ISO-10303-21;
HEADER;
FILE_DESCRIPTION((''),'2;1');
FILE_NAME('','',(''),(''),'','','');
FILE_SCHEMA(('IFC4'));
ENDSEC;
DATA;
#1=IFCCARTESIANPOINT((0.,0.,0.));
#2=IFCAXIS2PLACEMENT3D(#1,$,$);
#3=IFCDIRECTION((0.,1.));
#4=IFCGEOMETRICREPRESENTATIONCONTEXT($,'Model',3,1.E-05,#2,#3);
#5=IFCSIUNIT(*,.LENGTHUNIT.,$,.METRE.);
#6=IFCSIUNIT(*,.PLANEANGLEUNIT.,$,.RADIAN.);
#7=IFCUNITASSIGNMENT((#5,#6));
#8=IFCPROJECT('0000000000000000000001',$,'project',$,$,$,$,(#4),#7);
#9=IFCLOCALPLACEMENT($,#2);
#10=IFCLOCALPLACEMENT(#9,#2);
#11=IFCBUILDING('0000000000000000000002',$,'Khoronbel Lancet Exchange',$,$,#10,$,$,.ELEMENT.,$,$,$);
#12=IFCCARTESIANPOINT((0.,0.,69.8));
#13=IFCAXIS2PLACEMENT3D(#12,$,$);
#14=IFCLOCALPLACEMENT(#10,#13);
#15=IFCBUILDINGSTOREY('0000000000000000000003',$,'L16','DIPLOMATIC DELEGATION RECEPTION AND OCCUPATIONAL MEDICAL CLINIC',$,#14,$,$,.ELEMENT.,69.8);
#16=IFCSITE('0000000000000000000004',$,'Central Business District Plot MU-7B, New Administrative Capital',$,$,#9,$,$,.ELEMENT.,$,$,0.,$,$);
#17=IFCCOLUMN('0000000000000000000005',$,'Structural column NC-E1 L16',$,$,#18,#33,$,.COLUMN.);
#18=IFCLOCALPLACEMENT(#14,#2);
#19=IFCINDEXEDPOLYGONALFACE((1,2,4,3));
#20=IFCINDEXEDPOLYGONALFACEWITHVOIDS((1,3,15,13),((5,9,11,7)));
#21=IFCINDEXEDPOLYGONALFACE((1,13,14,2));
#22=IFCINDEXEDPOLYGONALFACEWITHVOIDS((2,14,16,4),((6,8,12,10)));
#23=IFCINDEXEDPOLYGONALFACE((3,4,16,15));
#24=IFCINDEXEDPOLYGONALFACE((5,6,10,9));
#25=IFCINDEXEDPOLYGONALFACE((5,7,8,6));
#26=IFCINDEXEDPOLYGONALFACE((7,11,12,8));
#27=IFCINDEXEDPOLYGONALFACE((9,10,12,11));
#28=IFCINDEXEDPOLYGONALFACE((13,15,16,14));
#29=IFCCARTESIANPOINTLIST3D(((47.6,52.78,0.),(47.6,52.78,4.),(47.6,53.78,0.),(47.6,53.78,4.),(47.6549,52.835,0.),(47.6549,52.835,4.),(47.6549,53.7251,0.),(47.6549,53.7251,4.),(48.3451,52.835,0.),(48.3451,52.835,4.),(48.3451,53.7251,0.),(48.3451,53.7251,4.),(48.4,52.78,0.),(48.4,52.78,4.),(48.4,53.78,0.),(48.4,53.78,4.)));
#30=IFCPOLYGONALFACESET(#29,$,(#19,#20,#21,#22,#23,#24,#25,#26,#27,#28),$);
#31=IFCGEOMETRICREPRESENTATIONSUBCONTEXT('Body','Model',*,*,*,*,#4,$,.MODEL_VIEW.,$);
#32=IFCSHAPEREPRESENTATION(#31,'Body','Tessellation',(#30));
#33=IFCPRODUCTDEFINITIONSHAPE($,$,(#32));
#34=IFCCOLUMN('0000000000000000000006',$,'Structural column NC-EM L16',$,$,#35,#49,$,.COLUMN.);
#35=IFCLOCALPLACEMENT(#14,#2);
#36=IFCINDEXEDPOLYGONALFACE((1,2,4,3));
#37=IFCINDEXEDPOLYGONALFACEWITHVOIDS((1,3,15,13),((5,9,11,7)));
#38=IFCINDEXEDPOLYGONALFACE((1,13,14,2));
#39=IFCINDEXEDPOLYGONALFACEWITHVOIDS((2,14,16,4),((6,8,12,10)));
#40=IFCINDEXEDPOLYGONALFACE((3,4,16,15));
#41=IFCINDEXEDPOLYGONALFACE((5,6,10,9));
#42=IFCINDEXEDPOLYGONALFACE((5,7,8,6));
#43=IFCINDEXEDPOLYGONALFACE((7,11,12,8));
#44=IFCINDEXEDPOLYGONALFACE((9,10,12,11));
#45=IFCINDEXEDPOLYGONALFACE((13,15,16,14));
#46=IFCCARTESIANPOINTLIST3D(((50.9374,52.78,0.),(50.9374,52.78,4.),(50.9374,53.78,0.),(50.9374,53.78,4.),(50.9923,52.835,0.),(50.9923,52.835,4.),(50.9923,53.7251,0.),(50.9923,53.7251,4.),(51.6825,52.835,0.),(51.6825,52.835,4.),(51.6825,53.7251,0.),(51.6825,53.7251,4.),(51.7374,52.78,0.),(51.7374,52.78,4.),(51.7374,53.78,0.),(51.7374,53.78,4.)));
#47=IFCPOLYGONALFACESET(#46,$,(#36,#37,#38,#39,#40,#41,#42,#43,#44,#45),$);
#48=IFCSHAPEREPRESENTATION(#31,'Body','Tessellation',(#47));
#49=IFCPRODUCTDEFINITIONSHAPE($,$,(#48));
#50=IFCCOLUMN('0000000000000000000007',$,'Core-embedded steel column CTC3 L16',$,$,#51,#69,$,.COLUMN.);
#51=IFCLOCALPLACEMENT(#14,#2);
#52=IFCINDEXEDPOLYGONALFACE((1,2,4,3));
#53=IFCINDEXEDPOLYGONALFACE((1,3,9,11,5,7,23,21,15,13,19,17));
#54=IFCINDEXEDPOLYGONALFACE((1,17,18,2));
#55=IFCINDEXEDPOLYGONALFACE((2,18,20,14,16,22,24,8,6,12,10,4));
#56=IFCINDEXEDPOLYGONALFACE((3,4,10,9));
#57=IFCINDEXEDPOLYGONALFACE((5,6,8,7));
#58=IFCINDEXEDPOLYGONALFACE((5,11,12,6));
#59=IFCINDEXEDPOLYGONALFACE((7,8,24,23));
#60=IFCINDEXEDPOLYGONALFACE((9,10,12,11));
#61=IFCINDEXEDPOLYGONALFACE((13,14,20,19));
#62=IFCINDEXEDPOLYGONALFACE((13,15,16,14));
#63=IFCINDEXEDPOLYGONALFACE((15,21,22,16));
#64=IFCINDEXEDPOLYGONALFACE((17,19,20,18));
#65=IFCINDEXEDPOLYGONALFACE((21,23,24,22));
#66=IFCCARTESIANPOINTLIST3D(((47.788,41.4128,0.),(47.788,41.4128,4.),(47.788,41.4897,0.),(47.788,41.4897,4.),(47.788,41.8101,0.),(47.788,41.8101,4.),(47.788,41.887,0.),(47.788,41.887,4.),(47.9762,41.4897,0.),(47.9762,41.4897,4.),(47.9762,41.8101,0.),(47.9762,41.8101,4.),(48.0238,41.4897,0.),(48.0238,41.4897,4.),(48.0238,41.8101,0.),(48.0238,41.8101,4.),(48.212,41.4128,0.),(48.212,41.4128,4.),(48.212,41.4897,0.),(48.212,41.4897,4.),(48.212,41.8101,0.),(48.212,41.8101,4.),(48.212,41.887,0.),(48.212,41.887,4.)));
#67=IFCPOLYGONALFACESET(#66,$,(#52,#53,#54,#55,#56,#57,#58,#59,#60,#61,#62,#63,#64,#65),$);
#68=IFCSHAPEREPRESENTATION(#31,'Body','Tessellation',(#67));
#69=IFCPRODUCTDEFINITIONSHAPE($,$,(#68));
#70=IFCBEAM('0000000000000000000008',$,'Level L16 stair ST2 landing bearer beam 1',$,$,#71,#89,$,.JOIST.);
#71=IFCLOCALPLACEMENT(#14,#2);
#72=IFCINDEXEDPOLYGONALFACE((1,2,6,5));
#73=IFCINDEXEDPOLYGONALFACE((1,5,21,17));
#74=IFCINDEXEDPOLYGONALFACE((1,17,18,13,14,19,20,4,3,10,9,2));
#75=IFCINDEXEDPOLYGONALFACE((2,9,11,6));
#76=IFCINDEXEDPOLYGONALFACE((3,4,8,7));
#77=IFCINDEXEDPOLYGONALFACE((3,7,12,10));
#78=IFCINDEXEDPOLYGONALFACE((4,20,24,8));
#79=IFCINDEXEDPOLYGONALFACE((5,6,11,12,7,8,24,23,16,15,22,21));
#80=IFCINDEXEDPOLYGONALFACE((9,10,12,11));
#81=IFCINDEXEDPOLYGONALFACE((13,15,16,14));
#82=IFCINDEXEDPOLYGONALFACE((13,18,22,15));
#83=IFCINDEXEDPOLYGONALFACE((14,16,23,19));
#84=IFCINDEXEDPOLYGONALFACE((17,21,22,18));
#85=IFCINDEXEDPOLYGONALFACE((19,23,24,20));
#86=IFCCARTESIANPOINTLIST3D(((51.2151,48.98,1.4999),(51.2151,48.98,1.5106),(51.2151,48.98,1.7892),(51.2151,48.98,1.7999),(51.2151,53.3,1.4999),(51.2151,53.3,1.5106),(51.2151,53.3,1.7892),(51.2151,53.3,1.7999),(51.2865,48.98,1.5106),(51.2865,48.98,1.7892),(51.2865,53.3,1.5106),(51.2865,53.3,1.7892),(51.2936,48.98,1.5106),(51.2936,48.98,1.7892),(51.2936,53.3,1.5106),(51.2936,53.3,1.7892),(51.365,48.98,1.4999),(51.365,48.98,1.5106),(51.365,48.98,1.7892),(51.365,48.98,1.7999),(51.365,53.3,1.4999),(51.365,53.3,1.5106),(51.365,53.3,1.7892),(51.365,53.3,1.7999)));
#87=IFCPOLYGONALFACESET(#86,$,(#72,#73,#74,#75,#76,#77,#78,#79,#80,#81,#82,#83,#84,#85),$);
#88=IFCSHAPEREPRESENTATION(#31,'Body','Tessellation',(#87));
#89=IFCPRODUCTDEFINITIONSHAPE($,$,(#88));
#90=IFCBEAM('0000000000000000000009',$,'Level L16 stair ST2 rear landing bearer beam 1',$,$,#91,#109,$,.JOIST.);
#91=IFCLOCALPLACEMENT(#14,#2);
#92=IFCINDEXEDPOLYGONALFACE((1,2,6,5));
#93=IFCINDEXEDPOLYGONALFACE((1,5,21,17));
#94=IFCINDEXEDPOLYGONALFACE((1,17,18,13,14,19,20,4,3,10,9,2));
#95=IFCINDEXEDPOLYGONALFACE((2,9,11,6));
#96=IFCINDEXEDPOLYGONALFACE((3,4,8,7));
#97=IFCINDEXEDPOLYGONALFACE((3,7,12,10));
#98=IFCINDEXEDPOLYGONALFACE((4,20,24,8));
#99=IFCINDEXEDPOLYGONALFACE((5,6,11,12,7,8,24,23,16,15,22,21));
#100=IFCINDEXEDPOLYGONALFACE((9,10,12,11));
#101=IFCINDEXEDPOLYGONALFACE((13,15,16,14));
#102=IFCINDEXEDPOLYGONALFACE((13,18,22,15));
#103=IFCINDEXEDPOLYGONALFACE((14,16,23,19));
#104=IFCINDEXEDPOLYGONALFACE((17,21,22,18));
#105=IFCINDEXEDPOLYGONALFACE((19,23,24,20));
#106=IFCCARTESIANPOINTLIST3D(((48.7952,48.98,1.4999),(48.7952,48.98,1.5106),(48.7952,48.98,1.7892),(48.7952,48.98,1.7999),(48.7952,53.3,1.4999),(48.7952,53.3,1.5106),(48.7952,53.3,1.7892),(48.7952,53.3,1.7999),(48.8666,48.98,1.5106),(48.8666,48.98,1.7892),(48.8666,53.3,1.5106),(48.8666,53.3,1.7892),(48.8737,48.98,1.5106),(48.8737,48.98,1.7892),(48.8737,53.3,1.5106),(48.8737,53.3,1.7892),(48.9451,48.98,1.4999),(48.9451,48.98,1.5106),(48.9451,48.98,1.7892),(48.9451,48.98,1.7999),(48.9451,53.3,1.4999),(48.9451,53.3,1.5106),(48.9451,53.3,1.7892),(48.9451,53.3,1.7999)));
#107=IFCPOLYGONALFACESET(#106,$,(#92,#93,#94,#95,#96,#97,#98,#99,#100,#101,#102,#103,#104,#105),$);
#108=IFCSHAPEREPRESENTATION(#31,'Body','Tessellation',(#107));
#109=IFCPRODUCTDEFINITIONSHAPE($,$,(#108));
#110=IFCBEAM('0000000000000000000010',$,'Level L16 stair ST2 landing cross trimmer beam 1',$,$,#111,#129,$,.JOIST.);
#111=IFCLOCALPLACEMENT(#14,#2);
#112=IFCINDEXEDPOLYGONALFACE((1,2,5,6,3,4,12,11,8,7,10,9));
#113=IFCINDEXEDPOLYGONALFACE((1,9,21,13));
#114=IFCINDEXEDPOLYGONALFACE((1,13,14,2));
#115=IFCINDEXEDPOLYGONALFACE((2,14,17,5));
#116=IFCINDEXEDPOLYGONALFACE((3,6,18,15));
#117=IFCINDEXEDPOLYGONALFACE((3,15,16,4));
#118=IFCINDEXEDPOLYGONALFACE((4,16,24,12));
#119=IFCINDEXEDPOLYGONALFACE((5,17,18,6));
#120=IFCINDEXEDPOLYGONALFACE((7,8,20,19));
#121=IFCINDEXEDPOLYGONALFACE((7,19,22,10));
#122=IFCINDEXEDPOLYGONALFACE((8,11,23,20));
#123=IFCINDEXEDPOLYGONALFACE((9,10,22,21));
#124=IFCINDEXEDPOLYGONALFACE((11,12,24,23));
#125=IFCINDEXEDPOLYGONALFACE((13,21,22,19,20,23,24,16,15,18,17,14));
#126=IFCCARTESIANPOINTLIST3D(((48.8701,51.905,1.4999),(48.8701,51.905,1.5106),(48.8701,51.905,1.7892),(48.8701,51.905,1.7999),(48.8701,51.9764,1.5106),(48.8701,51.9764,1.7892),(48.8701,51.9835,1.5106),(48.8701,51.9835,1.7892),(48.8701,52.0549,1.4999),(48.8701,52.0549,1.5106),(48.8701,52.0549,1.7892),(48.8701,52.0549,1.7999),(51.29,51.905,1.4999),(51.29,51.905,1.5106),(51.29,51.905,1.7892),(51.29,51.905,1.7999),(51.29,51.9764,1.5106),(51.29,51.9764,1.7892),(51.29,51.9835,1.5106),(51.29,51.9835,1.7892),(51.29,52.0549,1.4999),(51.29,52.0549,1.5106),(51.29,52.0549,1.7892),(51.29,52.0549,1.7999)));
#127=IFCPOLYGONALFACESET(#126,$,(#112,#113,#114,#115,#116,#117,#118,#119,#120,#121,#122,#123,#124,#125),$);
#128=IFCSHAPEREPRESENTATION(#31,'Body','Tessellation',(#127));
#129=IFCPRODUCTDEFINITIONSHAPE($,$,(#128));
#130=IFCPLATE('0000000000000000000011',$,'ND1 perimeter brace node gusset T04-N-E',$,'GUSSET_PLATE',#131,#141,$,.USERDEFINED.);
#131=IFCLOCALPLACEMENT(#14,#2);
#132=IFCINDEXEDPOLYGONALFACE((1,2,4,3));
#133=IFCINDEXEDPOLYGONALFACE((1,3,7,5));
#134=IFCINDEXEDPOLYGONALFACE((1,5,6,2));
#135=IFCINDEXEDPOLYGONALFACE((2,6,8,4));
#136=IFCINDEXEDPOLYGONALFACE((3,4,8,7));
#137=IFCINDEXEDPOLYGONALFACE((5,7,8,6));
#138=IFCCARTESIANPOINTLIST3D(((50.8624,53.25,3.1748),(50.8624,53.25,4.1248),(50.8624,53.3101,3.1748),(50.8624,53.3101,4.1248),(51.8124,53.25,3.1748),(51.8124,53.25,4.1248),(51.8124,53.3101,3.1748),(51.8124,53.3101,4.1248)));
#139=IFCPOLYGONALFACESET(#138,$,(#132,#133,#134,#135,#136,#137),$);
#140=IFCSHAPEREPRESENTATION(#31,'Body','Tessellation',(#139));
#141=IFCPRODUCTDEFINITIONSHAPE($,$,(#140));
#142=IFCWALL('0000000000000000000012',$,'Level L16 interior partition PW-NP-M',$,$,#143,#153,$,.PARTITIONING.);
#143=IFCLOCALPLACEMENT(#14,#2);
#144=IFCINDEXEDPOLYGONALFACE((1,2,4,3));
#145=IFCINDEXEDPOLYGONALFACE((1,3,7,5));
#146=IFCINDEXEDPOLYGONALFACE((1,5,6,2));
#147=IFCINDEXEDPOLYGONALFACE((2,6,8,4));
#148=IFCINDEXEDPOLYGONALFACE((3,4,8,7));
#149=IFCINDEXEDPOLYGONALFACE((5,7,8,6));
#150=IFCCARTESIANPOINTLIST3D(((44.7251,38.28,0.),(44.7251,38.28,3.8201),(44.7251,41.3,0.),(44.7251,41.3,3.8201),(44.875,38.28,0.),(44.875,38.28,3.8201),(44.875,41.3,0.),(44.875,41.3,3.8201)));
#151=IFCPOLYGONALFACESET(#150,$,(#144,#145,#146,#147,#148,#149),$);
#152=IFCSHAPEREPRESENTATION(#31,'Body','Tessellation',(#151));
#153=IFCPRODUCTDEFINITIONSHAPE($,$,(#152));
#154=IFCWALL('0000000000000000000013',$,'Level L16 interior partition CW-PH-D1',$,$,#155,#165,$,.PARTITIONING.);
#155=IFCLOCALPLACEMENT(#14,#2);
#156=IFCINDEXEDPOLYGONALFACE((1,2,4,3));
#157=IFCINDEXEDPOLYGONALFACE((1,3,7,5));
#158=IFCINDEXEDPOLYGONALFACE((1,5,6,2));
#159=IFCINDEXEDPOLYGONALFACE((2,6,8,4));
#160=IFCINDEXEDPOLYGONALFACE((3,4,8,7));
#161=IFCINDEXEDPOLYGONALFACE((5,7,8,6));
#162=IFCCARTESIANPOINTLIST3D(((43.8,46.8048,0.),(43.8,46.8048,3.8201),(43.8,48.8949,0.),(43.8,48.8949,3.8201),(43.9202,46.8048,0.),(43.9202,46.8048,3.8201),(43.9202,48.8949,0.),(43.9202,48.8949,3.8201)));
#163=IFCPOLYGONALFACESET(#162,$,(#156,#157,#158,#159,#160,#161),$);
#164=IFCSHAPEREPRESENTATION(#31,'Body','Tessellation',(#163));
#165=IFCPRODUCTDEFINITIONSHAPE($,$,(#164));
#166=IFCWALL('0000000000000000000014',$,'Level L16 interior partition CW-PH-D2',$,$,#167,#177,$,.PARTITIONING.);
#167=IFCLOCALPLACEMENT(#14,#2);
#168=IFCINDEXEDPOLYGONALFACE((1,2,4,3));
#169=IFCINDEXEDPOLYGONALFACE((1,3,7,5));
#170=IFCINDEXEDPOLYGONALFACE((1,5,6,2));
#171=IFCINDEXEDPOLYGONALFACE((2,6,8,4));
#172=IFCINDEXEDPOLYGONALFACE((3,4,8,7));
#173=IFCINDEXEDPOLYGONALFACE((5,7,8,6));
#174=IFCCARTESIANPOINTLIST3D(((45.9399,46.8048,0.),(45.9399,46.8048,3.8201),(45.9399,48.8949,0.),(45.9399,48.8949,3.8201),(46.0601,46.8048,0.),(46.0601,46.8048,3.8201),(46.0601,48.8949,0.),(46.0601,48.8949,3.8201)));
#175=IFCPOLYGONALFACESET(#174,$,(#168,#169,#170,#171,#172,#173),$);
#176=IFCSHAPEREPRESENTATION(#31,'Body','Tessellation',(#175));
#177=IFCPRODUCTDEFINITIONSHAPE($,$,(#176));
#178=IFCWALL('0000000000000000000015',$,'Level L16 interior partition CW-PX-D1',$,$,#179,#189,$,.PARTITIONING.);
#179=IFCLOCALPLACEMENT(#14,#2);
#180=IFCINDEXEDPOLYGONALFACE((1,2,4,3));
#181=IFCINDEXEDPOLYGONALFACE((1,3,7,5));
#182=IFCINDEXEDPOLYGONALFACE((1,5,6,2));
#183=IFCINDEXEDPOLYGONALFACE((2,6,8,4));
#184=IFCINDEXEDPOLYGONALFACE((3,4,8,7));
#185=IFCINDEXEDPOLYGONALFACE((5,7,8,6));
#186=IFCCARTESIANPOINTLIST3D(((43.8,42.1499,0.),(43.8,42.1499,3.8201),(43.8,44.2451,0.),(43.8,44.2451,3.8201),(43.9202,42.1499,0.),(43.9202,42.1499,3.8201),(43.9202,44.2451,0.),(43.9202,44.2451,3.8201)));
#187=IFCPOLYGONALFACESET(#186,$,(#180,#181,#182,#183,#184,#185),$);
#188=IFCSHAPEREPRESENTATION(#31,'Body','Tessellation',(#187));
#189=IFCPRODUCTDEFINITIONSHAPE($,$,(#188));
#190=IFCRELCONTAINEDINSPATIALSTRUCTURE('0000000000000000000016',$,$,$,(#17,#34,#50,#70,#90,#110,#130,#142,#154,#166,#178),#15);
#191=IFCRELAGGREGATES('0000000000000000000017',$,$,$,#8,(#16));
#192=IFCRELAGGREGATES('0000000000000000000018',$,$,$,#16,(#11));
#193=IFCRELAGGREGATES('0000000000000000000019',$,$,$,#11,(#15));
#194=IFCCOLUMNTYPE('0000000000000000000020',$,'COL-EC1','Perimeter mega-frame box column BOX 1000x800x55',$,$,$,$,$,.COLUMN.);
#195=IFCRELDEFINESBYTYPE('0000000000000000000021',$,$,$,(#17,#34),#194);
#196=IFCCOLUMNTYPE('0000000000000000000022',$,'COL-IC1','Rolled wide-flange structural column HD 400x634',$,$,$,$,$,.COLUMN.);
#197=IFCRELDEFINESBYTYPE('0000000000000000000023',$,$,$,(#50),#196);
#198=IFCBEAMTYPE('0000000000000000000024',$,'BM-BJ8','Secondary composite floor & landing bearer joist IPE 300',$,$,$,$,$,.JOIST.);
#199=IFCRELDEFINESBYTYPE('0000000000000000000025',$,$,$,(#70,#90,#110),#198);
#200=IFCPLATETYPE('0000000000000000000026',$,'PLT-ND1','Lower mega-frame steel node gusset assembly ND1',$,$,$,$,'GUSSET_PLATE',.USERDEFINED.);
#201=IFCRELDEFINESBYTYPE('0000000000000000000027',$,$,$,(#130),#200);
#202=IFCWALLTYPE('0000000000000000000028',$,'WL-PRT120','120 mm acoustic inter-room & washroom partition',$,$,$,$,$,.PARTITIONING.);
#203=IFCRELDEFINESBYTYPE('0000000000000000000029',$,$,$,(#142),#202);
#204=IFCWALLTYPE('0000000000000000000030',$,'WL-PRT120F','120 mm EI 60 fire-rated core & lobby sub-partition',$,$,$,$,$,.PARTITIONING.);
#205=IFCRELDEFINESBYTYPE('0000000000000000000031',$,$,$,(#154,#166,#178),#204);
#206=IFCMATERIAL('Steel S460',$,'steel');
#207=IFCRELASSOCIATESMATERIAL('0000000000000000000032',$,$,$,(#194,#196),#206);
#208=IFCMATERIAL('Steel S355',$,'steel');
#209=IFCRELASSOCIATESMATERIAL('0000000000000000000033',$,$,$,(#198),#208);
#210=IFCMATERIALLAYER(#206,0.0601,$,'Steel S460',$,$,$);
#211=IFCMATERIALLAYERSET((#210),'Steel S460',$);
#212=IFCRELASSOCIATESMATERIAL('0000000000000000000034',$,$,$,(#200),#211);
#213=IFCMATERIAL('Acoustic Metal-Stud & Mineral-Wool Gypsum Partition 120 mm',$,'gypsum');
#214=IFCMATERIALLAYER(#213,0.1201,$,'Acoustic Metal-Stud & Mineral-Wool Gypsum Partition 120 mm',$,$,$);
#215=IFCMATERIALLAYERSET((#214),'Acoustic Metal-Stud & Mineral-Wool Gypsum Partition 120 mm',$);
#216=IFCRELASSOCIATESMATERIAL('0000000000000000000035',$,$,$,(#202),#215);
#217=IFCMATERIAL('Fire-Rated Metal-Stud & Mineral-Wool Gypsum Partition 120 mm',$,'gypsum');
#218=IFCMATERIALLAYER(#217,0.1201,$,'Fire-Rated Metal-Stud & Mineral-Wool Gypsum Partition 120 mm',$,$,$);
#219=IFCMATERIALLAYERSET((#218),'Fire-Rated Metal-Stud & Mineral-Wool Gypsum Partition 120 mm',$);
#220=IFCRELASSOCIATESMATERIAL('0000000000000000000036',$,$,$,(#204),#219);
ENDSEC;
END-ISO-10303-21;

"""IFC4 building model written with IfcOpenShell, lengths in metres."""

from ifc_helpers import new_model, si_unit, direction, frame, frame_2d, origin, origin_2d, place, context, subcontext, project, spatial, rectangle, hollow_rectangle, i_section, extrude, material, layer, layer_set, material_profile, profile_set, type_object, element, save


model = new_model("IFC4")

# Units and contexts
model_context = context("Model", 3, precision=1e-05, world=origin(), true_north=direction((0.0, 1.0)))
body_context = subcontext(model_context, "Body", "Model", "MODEL_VIEW")
ifc_project = project(units=[si_unit("LENGTHUNIT", "METRE"), si_unit("PLANEANGLEUNIT", "RADIAN")], contexts=[model_context])

# Site, building, storey
site_placement = place(None, origin())
site = spatial("IfcSite", under=ifc_project, at=site_placement, Name="Central Business District Plot MU-7B, New Administrative Capital", CompositionType="ELEMENT", RefElevation=0.0)
building_placement = place(site_placement, origin())
building = spatial("IfcBuilding", under=site, at=building_placement, Name="Khoronbel Lancet Exchange", CompositionType="ELEMENT")
storey_placement = place(building_placement, frame((0.0, 0.0, 69.8)))
storey = spatial("IfcBuildingStorey", under=building, at=storey_placement, Name="L16", Description="DIPLOMATIC DELEGATION RECEPTION AND OCCUPATIONAL MEDICAL CLINIC", CompositionType="ELEMENT", Elevation=69.8)

# Columns
ifc_material_1 = material(Name="Steel S460", Category="steel")
ifc_material_profile_1 = material_profile(ifc_material_1, hollow_rectangle(XDim=0.8, YDim=1.0, WallThickness=0.0549, at=origin_2d()), Name="BOX 1000x800x55")
ifc_profile_set_1 = profile_set([ifc_material_profile_1], Name="Steel S460")
column_type_1 = type_object("IfcColumnType", Name="COL-EC1", Description="Perimeter mega-frame box column BOX 1000x800x55", PredefinedType="COLUMN", material=ifc_profile_set_1)
for number, where, z_axis, x_axis, name in (
    (1, (48.0, 53.28, 0.0), (0.0, 0.0, 1.0), (1.0, 0.0, 0.0), "Structural column NC-E1 L16"),
    (2, (51.3374, 53.28, 0.0), (0.0, 0.0, 1.0), (1.0, 0.0, 0.0), "Structural column NC-EM L16"),
):
    element("IfcColumn", number, at=place(storey_placement, frame(where, z_axis=z_axis, x_axis=x_axis)), inside=storey, type_object=column_type_1, Name=name, PredefinedType="COLUMN", context=body_context, shape_type="SweptSolid", body=[
        extrude(hollow_rectangle(XDim=0.8, YDim=1.0, WallThickness=0.0549, at=origin_2d()), origin(), (0.0, 0.0, 1.0), 4.0),
    ])
ifc_material_profile_2 = material_profile(ifc_material_1, i_section(OverallWidth=0.4241, OverallDepth=0.4741, WebThickness=0.0476, FlangeThickness=0.0769, at=origin_2d()), Name="HD 400x634")
ifc_profile_set_2 = profile_set([ifc_material_profile_2], Name="Steel S460")
column_type_2 = type_object("IfcColumnType", Name="COL-IC1", Description="Rolled wide-flange structural column HD 400x634", PredefinedType="COLUMN", material=ifc_profile_set_2)
column_placement = place(storey_placement, frame((48.0, 41.6499, 0.0), z_axis=(0.0, 0.0, 1.0), x_axis=(1.0, 0.0, 0.0)))
element("IfcColumn", 3, at=column_placement, inside=storey, type_object=column_type_2, Name="Core-embedded steel column CTC3 L16", PredefinedType="COLUMN", context=body_context, shape_type="SweptSolid", body=[
    extrude(i_section(OverallWidth=0.4241, OverallDepth=0.4741, WebThickness=0.0476, FlangeThickness=0.0769, at=origin_2d()), origin(), (0.0, 0.0, 1.0), 4.0),
])

# Beams
ifc_material_2 = material(Name="Steel S355", Category="steel")
ifc_material_profile_3 = material_profile(ifc_material_2, i_section(OverallWidth=0.1499, OverallDepth=0.3, WebThickness=0.0071, FlangeThickness=0.0107, at=origin_2d()), Name="IPE 300")
ifc_profile_set_3 = profile_set([ifc_material_profile_3], Name="Steel S355")
beam_type = type_object("IfcBeamType", Name="BM-BJ8", Description="Secondary composite floor & landing bearer joist IPE 300", PredefinedType="JOIST", material=ifc_profile_set_3)
for number, where, z_axis, x_axis, name in (
    (4, (51.29, 48.98, 1.6499), (0.0, 1.0, 0.0), (-1.0, 0.0, 0.0), "Level L16 stair ST2 landing bearer beam 1"),
    (5, (48.8701, 48.98, 1.6499), (0.0, 1.0, 0.0), (-1.0, 0.0, 0.0), "Level L16 stair ST2 rear landing bearer beam 1"),
):
    element("IfcBeam", number, at=place(storey_placement, frame(where, z_axis=z_axis, x_axis=x_axis)), inside=storey, type_object=beam_type, Name=name, PredefinedType="JOIST", context=body_context, shape_type="SweptSolid", body=[
        extrude(i_section(OverallWidth=0.1499, OverallDepth=0.3, WebThickness=0.0071, FlangeThickness=0.0107, at=origin_2d()), origin(), (0.0, 0.0, 1.0), 4.3201),
    ])
beam_placement = place(storey_placement, frame((48.8701, 51.98, 1.6499), z_axis=(1.0, 0.0, 0.0), x_axis=(0.0, 1.0, 0.0)))
element("IfcBeam", 6, at=beam_placement, inside=storey, type_object=beam_type, Name="Level L16 stair ST2 landing cross trimmer beam 1", PredefinedType="JOIST", context=body_context, shape_type="SweptSolid", body=[
    extrude(i_section(OverallWidth=0.1499, OverallDepth=0.3, WebThickness=0.0071, FlangeThickness=0.0107, at=origin_2d()), origin(), (0.0, 0.0, 1.0), 2.4199),
])

# Plate
ifc_layer_1 = layer(ifc_material_1, 0.0601, Name="Steel S460")
ifc_layer_set_1 = layer_set([ifc_layer_1], Name="Steel S460")
plate_type = type_object("IfcPlateType", Name="PLT-ND1", Description="Lower mega-frame steel node gusset assembly ND1", ElementType="GUSSET_PLATE", PredefinedType="USERDEFINED", material=ifc_layer_set_1)
plate_placement = place(storey_placement, frame((51.3374, 53.28, 3.1748), z_axis=(0.0, 0.0, 1.0), x_axis=(1.0, 0.0, 0.0)))
element("IfcPlate", 7, at=plate_placement, inside=storey, type_object=plate_type, Name="ND1 perimeter brace node gusset T04-N-E", ObjectType="GUSSET_PLATE", PredefinedType="USERDEFINED", context=body_context, shape_type="SweptSolid", body=[
    extrude(rectangle(XDim=0.95, YDim=0.0601, at=origin_2d()), origin(), (0.0, 0.0, 1.0), 0.95),
])

# Walls
ifc_material_3 = material(Name="Acoustic Metal-Stud & Mineral-Wool Gypsum Partition 120 mm", Category="gypsum")
ifc_layer_2 = layer(ifc_material_3, 0.1201, Name="Acoustic Metal-Stud & Mineral-Wool Gypsum Partition 120 mm")
ifc_layer_set_2 = layer_set([ifc_layer_2], Name="Acoustic Metal-Stud & Mineral-Wool Gypsum Partition 120 mm")
wall_type_1 = type_object("IfcWallType", Name="WL-PRT120", Description="120 mm acoustic inter-room & washroom partition", PredefinedType="PARTITIONING", material=ifc_layer_set_2)
wall_1_placement = place(storey_placement, frame((44.8, 38.28, 0.0), z_axis=(0.0, 0.0, 1.0), x_axis=(0.0, 1.0, 0.0)))
element("IfcWall", 8, at=wall_1_placement, inside=storey, type_object=wall_type_1, Name="Level L16 interior partition PW-NP-M", PredefinedType="PARTITIONING", context=body_context, shape_type="SweptSolid", body=[
    extrude(rectangle(XDim=3.02, YDim=0.1499, at=frame_2d((1.51, 0.0))), origin(), (0.0, 0.0, 1.0), 3.8201),
])
ifc_material_4 = material(Name="Fire-Rated Metal-Stud & Mineral-Wool Gypsum Partition 120 mm", Category="gypsum")
ifc_layer_3 = layer(ifc_material_4, 0.1201, Name="Fire-Rated Metal-Stud & Mineral-Wool Gypsum Partition 120 mm")
ifc_layer_set_3 = layer_set([ifc_layer_3], Name="Fire-Rated Metal-Stud & Mineral-Wool Gypsum Partition 120 mm")
wall_type_2 = type_object("IfcWallType", Name="WL-PRT120F", Description="120 mm EI 60 fire-rated core & lobby sub-partition", PredefinedType="PARTITIONING", material=ifc_layer_set_3)
for number, where, z_axis, x_axis, name in (
    (9, (43.8601, 46.8049, 0.0), (0.0, 0.0, 1.0), (0.0, 1.0, 0.0), "Level L16 interior partition CW-PH-D1"),
    (10, (46.0, 46.8049, 0.0), (0.0, 0.0, 1.0), (0.0, 1.0, 0.0), "Level L16 interior partition CW-PH-D2"),
):
    element("IfcWall", number, at=place(storey_placement, frame(where, z_axis=z_axis, x_axis=x_axis)), inside=storey, type_object=wall_type_2, Name=name, PredefinedType="PARTITIONING", context=body_context, shape_type="SweptSolid", body=[
        extrude(rectangle(XDim=2.0901, YDim=0.1201, at=frame_2d((1.0449, 0.0))), origin(), (0.0, 0.0, 1.0), 3.8201),
    ])
for number, where, z_axis, x_axis, name in (
    (11, (43.8601, 42.1499, 0.0), (0.0, 0.0, 1.0), (0.0, 1.0, 0.0), "Level L16 interior partition CW-PX-D1"),
):
    element("IfcWall", number, at=place(storey_placement, frame(where, z_axis=z_axis, x_axis=x_axis)), inside=storey, type_object=wall_type_2, Name=name, PredefinedType="PARTITIONING", context=body_context, shape_type="SweptSolid", body=[
        extrude(rectangle(XDim=2.0952, YDim=0.1201, at=frame_2d((1.0476, 0.0))), origin(), (0.0, 0.0, 1.0), 3.8201),
    ])

save(model, "model.ifc")
